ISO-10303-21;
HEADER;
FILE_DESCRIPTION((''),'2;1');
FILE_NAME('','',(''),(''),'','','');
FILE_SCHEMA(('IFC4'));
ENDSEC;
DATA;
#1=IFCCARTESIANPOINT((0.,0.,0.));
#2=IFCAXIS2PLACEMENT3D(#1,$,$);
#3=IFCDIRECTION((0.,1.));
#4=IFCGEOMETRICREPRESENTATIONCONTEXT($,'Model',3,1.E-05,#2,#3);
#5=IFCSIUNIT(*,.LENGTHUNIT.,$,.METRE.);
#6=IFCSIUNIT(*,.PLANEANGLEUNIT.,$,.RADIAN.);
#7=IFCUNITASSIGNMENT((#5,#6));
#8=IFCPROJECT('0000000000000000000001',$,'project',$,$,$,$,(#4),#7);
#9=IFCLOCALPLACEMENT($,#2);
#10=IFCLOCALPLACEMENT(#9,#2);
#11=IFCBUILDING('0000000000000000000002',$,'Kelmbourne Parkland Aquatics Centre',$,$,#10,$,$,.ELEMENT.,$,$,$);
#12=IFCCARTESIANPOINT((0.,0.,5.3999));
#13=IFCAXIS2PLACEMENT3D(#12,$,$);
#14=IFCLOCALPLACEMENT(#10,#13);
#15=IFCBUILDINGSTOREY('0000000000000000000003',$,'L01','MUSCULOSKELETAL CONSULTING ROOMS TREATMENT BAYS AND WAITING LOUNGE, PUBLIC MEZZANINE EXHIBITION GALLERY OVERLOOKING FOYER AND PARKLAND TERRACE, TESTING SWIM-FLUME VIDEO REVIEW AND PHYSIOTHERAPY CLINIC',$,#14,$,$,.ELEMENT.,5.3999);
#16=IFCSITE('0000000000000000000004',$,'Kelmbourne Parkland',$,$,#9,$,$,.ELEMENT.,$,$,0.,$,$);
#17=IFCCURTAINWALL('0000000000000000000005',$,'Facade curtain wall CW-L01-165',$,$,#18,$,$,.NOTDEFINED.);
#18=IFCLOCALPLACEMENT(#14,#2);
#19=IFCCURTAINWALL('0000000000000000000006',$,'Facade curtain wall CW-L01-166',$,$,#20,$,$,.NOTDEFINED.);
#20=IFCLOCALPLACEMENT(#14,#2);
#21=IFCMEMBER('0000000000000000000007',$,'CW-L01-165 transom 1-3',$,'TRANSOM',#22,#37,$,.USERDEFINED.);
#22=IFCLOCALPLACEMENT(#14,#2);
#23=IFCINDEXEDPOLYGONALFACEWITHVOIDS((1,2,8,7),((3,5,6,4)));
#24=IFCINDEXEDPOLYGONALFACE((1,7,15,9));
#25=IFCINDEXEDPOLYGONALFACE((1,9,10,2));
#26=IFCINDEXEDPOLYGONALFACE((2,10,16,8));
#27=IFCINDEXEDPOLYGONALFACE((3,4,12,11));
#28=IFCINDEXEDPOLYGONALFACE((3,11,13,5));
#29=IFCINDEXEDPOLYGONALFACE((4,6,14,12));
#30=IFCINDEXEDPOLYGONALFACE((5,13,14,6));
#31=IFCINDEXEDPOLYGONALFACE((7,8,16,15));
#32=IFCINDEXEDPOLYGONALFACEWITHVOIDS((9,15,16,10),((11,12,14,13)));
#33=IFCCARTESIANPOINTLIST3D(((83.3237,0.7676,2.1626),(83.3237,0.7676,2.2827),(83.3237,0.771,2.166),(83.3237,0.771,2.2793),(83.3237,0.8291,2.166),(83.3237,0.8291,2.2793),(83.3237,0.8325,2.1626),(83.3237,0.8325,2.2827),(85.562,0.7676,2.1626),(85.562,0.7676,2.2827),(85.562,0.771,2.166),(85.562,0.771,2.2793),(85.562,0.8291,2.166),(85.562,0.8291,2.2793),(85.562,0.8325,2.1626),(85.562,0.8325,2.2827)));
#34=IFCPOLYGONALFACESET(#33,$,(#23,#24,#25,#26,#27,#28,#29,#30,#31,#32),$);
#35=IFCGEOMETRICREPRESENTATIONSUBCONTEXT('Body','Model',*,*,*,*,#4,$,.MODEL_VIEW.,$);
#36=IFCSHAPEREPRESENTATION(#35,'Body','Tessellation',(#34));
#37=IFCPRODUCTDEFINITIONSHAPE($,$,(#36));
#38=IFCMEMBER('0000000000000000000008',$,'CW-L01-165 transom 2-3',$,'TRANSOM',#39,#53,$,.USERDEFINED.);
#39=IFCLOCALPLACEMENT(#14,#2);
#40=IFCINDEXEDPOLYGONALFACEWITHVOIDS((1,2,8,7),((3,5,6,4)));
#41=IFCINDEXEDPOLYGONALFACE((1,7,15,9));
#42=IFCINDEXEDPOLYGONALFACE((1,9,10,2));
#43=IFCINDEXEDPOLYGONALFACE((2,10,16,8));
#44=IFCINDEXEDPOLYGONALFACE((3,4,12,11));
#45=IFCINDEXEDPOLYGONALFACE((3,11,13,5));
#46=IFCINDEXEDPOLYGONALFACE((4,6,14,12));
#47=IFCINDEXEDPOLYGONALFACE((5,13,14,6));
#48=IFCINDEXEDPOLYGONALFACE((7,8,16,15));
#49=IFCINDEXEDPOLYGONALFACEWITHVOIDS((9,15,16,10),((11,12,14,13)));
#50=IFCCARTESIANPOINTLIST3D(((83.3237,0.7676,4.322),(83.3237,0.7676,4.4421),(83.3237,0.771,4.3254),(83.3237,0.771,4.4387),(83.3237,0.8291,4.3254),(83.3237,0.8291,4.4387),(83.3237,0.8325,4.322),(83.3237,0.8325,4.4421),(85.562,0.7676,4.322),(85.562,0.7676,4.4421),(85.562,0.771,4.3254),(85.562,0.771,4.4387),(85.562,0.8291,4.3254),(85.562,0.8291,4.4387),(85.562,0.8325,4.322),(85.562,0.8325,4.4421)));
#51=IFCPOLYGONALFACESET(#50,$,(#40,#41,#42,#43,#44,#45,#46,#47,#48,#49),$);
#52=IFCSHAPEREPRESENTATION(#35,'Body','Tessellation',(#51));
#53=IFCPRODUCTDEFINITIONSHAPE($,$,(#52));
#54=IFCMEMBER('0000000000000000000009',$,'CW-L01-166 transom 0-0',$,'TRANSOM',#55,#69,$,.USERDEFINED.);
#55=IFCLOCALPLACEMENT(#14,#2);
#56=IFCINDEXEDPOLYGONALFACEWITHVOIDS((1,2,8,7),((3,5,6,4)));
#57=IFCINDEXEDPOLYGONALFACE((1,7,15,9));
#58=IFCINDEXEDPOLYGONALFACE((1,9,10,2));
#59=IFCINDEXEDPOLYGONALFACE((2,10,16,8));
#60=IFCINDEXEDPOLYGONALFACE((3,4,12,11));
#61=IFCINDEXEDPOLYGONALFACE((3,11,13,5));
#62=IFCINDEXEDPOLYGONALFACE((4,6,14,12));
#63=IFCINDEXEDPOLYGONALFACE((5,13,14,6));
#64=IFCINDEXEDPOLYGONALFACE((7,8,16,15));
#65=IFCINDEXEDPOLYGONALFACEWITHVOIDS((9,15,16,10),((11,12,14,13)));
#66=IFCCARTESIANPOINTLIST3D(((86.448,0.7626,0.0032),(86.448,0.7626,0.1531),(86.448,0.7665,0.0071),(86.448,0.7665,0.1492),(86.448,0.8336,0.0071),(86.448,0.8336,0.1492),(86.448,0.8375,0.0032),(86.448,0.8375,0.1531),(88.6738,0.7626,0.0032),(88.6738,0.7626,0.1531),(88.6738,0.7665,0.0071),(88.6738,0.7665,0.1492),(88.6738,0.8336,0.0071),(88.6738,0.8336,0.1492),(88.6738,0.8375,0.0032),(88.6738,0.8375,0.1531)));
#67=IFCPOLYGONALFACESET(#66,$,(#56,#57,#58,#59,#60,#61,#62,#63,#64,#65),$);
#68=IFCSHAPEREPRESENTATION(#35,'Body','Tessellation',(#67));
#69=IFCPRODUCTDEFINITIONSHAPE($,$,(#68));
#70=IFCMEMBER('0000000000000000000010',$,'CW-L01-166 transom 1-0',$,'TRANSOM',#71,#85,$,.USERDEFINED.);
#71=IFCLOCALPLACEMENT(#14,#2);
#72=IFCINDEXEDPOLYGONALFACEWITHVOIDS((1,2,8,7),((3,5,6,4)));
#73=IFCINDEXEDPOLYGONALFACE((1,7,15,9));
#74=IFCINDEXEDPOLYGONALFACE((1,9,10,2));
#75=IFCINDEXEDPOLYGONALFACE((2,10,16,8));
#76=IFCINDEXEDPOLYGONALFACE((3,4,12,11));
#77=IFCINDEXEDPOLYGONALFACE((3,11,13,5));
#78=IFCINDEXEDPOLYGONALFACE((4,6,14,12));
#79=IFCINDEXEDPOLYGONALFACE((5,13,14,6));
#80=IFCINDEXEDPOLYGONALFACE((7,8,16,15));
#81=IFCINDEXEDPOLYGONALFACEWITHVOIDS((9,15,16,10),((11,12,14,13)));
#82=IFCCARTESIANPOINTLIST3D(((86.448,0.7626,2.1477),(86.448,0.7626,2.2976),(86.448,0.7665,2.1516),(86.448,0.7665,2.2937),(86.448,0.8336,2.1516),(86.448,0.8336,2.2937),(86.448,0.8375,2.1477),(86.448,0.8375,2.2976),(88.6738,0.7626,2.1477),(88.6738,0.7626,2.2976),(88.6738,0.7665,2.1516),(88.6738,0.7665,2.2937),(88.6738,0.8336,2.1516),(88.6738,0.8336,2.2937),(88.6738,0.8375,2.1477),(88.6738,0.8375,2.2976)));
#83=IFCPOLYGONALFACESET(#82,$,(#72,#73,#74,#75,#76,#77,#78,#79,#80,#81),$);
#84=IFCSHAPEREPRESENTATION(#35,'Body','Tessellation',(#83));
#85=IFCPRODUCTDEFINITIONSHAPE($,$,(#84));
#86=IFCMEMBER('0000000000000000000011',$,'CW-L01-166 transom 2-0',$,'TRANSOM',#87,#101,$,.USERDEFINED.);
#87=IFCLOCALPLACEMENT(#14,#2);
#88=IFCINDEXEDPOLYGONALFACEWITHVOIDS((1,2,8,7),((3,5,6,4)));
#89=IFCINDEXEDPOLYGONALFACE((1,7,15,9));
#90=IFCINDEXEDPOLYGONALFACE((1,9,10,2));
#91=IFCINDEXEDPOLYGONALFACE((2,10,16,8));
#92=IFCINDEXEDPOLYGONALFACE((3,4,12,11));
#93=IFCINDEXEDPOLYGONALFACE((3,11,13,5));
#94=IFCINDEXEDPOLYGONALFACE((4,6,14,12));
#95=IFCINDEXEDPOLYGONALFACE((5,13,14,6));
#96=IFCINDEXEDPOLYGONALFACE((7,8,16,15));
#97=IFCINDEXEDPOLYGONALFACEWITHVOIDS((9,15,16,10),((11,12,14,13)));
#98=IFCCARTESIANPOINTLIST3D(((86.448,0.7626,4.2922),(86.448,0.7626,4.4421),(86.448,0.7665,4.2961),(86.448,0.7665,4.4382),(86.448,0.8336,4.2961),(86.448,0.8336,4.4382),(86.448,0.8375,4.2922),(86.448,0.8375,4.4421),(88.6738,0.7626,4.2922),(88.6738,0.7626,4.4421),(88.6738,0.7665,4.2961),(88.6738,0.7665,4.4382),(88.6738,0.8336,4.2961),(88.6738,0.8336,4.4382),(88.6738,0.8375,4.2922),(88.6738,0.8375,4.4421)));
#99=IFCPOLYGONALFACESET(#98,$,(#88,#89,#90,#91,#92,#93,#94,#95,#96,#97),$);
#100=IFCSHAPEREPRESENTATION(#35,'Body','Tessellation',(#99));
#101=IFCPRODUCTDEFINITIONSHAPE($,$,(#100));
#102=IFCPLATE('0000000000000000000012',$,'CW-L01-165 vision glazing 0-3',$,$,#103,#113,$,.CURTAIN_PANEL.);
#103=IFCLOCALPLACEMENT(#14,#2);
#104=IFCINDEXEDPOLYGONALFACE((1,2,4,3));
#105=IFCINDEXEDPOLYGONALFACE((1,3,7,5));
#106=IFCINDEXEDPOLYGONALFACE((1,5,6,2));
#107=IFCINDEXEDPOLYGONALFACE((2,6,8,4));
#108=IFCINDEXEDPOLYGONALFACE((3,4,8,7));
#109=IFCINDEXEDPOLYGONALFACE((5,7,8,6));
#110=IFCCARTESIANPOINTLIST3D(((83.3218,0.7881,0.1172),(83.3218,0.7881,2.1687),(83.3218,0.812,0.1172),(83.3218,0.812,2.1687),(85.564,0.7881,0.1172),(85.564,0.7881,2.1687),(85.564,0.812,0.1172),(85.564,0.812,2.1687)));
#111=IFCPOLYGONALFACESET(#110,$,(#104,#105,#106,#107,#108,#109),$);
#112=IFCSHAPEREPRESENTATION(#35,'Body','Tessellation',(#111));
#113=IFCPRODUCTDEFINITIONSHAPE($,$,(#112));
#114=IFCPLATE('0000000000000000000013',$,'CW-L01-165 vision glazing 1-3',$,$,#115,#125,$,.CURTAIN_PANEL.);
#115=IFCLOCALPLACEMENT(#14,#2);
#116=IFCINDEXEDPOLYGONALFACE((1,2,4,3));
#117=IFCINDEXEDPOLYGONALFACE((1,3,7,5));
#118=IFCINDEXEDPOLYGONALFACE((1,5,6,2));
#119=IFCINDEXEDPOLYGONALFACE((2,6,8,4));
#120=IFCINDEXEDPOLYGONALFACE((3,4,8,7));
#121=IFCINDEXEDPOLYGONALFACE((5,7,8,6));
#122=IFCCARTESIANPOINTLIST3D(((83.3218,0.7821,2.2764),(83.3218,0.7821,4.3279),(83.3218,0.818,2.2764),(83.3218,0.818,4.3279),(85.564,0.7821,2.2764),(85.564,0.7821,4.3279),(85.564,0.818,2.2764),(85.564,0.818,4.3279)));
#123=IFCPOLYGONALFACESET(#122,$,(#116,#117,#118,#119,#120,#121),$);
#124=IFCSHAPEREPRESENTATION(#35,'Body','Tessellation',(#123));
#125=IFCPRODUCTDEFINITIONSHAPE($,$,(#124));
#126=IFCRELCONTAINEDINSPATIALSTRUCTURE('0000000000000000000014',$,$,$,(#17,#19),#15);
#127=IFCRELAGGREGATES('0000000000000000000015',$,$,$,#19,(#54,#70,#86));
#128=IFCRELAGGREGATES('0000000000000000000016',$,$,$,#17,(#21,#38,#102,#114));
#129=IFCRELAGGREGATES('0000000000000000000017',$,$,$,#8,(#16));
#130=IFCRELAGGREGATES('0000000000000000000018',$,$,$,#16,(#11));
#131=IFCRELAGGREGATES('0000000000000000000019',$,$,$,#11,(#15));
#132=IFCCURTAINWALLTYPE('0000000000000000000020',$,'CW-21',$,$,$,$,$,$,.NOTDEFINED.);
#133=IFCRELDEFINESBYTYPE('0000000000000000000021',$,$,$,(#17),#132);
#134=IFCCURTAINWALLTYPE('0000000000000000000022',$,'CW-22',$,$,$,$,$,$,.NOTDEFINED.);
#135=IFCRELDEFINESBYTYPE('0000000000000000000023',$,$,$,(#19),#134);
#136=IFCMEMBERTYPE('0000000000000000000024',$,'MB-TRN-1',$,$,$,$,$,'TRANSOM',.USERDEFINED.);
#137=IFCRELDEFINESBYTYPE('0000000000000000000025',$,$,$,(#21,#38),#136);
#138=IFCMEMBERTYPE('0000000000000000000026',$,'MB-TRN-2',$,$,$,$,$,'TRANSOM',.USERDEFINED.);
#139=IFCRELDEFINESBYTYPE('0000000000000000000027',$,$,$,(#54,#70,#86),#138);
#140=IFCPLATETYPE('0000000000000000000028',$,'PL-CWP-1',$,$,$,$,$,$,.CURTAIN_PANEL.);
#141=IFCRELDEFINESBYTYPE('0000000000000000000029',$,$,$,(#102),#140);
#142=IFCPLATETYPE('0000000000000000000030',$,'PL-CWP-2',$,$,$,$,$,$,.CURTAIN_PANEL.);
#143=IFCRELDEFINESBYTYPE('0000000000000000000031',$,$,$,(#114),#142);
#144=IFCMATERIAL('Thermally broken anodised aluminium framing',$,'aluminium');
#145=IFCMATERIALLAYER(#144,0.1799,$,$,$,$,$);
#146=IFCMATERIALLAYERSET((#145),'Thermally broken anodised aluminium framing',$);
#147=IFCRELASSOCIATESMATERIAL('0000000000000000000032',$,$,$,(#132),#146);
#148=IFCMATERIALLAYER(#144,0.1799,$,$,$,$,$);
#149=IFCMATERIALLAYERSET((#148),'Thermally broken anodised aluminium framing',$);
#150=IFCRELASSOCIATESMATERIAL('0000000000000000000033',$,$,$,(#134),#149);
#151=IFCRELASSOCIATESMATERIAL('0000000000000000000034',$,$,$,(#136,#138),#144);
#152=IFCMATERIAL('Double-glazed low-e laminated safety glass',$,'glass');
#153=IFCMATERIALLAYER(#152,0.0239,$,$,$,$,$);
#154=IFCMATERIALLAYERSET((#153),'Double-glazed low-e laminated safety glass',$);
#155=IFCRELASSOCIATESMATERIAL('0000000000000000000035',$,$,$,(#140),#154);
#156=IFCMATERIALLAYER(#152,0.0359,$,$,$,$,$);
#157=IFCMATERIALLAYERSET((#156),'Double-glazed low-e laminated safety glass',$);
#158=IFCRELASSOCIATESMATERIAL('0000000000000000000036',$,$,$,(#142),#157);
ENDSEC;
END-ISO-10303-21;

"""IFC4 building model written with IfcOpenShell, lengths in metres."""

from ifc_helpers import new_model, si_unit, direction, frame, origin, origin_2d, place, context, subcontext, project, spatial, rectangle, hollow_rectangle, extrude, material, layer, layer_set, material_profile, profile_set, type_object, element, aggregate, save


model = new_model("IFC4")

# Units and contexts
model_context = context("Model", 3, precision=1e-05, world=origin(), true_north=direction((0.0, 1.0)))
body_context = subcontext(model_context, "Body", "Model", "MODEL_VIEW")
ifc_project = project(units=[si_unit("LENGTHUNIT", "METRE"), si_unit("PLANEANGLEUNIT", "RADIAN")], contexts=[model_context])

# Site, building, storey
site_placement = place(None, origin())
site = spatial("IfcSite", under=ifc_project, at=site_placement, Name="Kelmbourne Parkland", CompositionType="ELEMENT", RefElevation=0.0)
building_placement = place(site_placement, origin())
building = spatial("IfcBuilding", under=site, at=building_placement, Name="Kelmbourne Parkland Aquatics Centre", CompositionType="ELEMENT")
storey_placement = place(building_placement, frame((0.0, 0.0, 5.3999)))
storey = spatial("IfcBuildingStorey", under=building, at=storey_placement, Name="L01", Description="MUSCULOSKELETAL CONSULTING ROOMS TREATMENT BAYS AND WAITING LOUNGE, PUBLIC MEZZANINE EXHIBITION GALLERY OVERLOOKING FOYER AND PARKLAND TERRACE, TESTING SWIM-FLUME VIDEO REVIEW AND PHYSIOTHERAPY CLINIC", CompositionType="ELEMENT", Elevation=5.3999)

# Curtain walls
ifc_material_1 = material(Name="Thermally broken anodised aluminium framing", Category="aluminium")
ifc_layer_1 = layer(ifc_material_1, 0.1799)
ifc_layer_set_1 = layer_set([ifc_layer_1], Name="Thermally broken anodised aluminium framing")
curtain_wall_type_1 = type_object("IfcCurtainWallType", Name="CW-21", PredefinedType="NOTDEFINED", material=ifc_layer_set_1)
curtain_wall_1_placement = place(storey_placement, origin())
curtain_wall_1 = element("IfcCurtainWall", 1, at=curtain_wall_1_placement, inside=storey, type_object=curtain_wall_type_1, Name="Facade curtain wall CW-L01-165", PredefinedType="NOTDEFINED")
ifc_layer_2 = layer(ifc_material_1, 0.1799)
ifc_layer_set_2 = layer_set([ifc_layer_2], Name="Thermally broken anodised aluminium framing")
curtain_wall_type_2 = type_object("IfcCurtainWallType", Name="CW-22", PredefinedType="NOTDEFINED", material=ifc_layer_set_2)
curtain_wall_2_placement = place(storey_placement, origin())
curtain_wall_2 = element("IfcCurtainWall", 2, at=curtain_wall_2_placement, inside=storey, type_object=curtain_wall_type_2, Name="Facade curtain wall CW-L01-166", PredefinedType="NOTDEFINED")

# Members
ifc_material_profile_1 = material_profile(ifc_material_1, hollow_rectangle(XDim=0.0649, YDim=0.1201, WallThickness=0.0034, at=origin_2d()), Name="CW-T 65x120")
ifc_profile_set_1 = profile_set([ifc_material_profile_1], Name="Thermally broken anodised aluminium framing")
member_type_1 = type_object("IfcMemberType", Name="MB-TRN-1", ElementType="TRANSOM", PredefinedType="USERDEFINED", material=ifc_profile_set_1)
member_1_placement = place(storey_placement, frame((83.3237, 0.8, 2.2227), z_axis=(1.0, 0.0, 0.0), x_axis=(0.0, 1.0, 0.0)))
member_1 = element("IfcMember", 3, at=member_1_placement, type_object=member_type_1, Name="CW-L01-165 transom 1-3", ObjectType="TRANSOM", PredefinedType="USERDEFINED", context=body_context, shape_type="SweptSolid", body=[
    extrude(hollow_rectangle(XDim=0.0649, YDim=0.1201, WallThickness=0.0034, at=origin_2d()), origin(), (0.0, 0.0, 1.0), 2.2383),
])
member_2_placement = place(storey_placement, frame((83.3237, 0.8, 4.3821), z_axis=(1.0, 0.0, 0.0), x_axis=(0.0, 1.0, 0.0)))
member_2 = element("IfcMember", 4, at=member_2_placement, type_object=member_type_1, Name="CW-L01-165 transom 2-3", ObjectType="TRANSOM", PredefinedType="USERDEFINED", context=body_context, shape_type="SweptSolid", body=[
    extrude(hollow_rectangle(XDim=0.0649, YDim=0.1201, WallThickness=0.0034, at=origin_2d()), origin(), (0.0, 0.0, 1.0), 2.2383),
])
ifc_material_profile_2 = material_profile(ifc_material_1, hollow_rectangle(XDim=0.075, YDim=0.1499, WallThickness=0.0039, at=origin_2d()), Name="CW-T 75x150")
ifc_profile_set_2 = profile_set([ifc_material_profile_2], Name="Thermally broken anodised aluminium framing")
member_type_2 = type_object("IfcMemberType", Name="MB-TRN-2", ElementType="TRANSOM", PredefinedType="USERDEFINED", material=ifc_profile_set_2)
member_3_placement = place(storey_placement, frame((86.448, 0.8, 0.0781), z_axis=(1.0, 0.0, 0.0), x_axis=(0.0, 1.0, 0.0)))
member_3 = element("IfcMember", 5, at=member_3_placement, type_object=member_type_2, Name="CW-L01-166 transom 0-0", ObjectType="TRANSOM", PredefinedType="USERDEFINED", context=body_context, shape_type="SweptSolid", body=[
    extrude(hollow_rectangle(XDim=0.075, YDim=0.1499, WallThickness=0.0039, at=origin_2d()), origin(), (0.0, 0.0, 1.0), 2.2258),
])
member_4_placement = place(storey_placement, frame((86.448, 0.8, 2.2227), z_axis=(1.0, 0.0, 0.0), x_axis=(0.0, 1.0, 0.0)))
member_4 = element("IfcMember", 6, at=member_4_placement, type_object=member_type_2, Name="CW-L01-166 transom 1-0", ObjectType="TRANSOM", PredefinedType="USERDEFINED", context=body_context, shape_type="SweptSolid", body=[
    extrude(hollow_rectangle(XDim=0.075, YDim=0.1499, WallThickness=0.0039, at=origin_2d()), origin(), (0.0, 0.0, 1.0), 2.2258),
])
member_5_placement = place(storey_placement, frame((86.448, 0.8, 4.3672), z_axis=(1.0, 0.0, 0.0), x_axis=(0.0, 1.0, 0.0)))
member_5 = element("IfcMember", 7, at=member_5_placement, type_object=member_type_2, Name="CW-L01-166 transom 2-0", ObjectType="TRANSOM", PredefinedType="USERDEFINED", context=body_context, shape_type="SweptSolid", body=[
    extrude(hollow_rectangle(XDim=0.075, YDim=0.1499, WallThickness=0.0039, at=origin_2d()), origin(), (0.0, 0.0, 1.0), 2.2258),
])
aggregate(curtain_wall_2, [member_3, member_4, member_5])

# Plates
ifc_material_2 = material(Name="Double-glazed low-e laminated safety glass", Category="glass")
ifc_layer_3 = layer(ifc_material_2, 0.0239)
ifc_layer_set_3 = layer_set([ifc_layer_3], Name="Double-glazed low-e laminated safety glass")
plate_type_1 = type_object("IfcPlateType", Name="PL-CWP-1", PredefinedType="CURTAIN_PANEL", material=ifc_layer_set_3)
plate_1_placement = place(storey_placement, frame((84.4429, 0.8, 0.1172), z_axis=(0.0, 0.0, 1.0), x_axis=(1.0, 0.0, 0.0)))
plate_1 = element("IfcPlate", 8, at=plate_1_placement, type_object=plate_type_1, Name="CW-L01-165 vision glazing 0-3", PredefinedType="CURTAIN_PANEL", context=body_context, shape_type="SweptSolid", body=[
    extrude(rectangle(XDim=2.2422, YDim=0.0239, at=origin_2d()), origin(), (0.0, 0.0, 1.0), 2.0515),
])
ifc_layer_4 = layer(ifc_material_2, 0.0359)
ifc_layer_set_4 = layer_set([ifc_layer_4], Name="Double-glazed low-e laminated safety glass")
plate_type_2 = type_object("IfcPlateType", Name="PL-CWP-2", PredefinedType="CURTAIN_PANEL", material=ifc_layer_set_4)
plate_2_placement = place(storey_placement, frame((84.4429, 0.8, 2.2764), z_axis=(0.0, 0.0, 1.0), x_axis=(1.0, 0.0, 0.0)))
plate_2 = element("IfcPlate", 9, at=plate_2_placement, type_object=plate_type_2, Name="CW-L01-165 vision glazing 1-3", PredefinedType="CURTAIN_PANEL", context=body_context, shape_type="SweptSolid", body=[
    extrude(rectangle(XDim=2.2422, YDim=0.0359, at=origin_2d()), origin(), (0.0, 0.0, 1.0), 2.0515),
])
aggregate(curtain_wall_1, [member_1, member_2, plate_1, plate_2])

save(model, "model.ifc")
